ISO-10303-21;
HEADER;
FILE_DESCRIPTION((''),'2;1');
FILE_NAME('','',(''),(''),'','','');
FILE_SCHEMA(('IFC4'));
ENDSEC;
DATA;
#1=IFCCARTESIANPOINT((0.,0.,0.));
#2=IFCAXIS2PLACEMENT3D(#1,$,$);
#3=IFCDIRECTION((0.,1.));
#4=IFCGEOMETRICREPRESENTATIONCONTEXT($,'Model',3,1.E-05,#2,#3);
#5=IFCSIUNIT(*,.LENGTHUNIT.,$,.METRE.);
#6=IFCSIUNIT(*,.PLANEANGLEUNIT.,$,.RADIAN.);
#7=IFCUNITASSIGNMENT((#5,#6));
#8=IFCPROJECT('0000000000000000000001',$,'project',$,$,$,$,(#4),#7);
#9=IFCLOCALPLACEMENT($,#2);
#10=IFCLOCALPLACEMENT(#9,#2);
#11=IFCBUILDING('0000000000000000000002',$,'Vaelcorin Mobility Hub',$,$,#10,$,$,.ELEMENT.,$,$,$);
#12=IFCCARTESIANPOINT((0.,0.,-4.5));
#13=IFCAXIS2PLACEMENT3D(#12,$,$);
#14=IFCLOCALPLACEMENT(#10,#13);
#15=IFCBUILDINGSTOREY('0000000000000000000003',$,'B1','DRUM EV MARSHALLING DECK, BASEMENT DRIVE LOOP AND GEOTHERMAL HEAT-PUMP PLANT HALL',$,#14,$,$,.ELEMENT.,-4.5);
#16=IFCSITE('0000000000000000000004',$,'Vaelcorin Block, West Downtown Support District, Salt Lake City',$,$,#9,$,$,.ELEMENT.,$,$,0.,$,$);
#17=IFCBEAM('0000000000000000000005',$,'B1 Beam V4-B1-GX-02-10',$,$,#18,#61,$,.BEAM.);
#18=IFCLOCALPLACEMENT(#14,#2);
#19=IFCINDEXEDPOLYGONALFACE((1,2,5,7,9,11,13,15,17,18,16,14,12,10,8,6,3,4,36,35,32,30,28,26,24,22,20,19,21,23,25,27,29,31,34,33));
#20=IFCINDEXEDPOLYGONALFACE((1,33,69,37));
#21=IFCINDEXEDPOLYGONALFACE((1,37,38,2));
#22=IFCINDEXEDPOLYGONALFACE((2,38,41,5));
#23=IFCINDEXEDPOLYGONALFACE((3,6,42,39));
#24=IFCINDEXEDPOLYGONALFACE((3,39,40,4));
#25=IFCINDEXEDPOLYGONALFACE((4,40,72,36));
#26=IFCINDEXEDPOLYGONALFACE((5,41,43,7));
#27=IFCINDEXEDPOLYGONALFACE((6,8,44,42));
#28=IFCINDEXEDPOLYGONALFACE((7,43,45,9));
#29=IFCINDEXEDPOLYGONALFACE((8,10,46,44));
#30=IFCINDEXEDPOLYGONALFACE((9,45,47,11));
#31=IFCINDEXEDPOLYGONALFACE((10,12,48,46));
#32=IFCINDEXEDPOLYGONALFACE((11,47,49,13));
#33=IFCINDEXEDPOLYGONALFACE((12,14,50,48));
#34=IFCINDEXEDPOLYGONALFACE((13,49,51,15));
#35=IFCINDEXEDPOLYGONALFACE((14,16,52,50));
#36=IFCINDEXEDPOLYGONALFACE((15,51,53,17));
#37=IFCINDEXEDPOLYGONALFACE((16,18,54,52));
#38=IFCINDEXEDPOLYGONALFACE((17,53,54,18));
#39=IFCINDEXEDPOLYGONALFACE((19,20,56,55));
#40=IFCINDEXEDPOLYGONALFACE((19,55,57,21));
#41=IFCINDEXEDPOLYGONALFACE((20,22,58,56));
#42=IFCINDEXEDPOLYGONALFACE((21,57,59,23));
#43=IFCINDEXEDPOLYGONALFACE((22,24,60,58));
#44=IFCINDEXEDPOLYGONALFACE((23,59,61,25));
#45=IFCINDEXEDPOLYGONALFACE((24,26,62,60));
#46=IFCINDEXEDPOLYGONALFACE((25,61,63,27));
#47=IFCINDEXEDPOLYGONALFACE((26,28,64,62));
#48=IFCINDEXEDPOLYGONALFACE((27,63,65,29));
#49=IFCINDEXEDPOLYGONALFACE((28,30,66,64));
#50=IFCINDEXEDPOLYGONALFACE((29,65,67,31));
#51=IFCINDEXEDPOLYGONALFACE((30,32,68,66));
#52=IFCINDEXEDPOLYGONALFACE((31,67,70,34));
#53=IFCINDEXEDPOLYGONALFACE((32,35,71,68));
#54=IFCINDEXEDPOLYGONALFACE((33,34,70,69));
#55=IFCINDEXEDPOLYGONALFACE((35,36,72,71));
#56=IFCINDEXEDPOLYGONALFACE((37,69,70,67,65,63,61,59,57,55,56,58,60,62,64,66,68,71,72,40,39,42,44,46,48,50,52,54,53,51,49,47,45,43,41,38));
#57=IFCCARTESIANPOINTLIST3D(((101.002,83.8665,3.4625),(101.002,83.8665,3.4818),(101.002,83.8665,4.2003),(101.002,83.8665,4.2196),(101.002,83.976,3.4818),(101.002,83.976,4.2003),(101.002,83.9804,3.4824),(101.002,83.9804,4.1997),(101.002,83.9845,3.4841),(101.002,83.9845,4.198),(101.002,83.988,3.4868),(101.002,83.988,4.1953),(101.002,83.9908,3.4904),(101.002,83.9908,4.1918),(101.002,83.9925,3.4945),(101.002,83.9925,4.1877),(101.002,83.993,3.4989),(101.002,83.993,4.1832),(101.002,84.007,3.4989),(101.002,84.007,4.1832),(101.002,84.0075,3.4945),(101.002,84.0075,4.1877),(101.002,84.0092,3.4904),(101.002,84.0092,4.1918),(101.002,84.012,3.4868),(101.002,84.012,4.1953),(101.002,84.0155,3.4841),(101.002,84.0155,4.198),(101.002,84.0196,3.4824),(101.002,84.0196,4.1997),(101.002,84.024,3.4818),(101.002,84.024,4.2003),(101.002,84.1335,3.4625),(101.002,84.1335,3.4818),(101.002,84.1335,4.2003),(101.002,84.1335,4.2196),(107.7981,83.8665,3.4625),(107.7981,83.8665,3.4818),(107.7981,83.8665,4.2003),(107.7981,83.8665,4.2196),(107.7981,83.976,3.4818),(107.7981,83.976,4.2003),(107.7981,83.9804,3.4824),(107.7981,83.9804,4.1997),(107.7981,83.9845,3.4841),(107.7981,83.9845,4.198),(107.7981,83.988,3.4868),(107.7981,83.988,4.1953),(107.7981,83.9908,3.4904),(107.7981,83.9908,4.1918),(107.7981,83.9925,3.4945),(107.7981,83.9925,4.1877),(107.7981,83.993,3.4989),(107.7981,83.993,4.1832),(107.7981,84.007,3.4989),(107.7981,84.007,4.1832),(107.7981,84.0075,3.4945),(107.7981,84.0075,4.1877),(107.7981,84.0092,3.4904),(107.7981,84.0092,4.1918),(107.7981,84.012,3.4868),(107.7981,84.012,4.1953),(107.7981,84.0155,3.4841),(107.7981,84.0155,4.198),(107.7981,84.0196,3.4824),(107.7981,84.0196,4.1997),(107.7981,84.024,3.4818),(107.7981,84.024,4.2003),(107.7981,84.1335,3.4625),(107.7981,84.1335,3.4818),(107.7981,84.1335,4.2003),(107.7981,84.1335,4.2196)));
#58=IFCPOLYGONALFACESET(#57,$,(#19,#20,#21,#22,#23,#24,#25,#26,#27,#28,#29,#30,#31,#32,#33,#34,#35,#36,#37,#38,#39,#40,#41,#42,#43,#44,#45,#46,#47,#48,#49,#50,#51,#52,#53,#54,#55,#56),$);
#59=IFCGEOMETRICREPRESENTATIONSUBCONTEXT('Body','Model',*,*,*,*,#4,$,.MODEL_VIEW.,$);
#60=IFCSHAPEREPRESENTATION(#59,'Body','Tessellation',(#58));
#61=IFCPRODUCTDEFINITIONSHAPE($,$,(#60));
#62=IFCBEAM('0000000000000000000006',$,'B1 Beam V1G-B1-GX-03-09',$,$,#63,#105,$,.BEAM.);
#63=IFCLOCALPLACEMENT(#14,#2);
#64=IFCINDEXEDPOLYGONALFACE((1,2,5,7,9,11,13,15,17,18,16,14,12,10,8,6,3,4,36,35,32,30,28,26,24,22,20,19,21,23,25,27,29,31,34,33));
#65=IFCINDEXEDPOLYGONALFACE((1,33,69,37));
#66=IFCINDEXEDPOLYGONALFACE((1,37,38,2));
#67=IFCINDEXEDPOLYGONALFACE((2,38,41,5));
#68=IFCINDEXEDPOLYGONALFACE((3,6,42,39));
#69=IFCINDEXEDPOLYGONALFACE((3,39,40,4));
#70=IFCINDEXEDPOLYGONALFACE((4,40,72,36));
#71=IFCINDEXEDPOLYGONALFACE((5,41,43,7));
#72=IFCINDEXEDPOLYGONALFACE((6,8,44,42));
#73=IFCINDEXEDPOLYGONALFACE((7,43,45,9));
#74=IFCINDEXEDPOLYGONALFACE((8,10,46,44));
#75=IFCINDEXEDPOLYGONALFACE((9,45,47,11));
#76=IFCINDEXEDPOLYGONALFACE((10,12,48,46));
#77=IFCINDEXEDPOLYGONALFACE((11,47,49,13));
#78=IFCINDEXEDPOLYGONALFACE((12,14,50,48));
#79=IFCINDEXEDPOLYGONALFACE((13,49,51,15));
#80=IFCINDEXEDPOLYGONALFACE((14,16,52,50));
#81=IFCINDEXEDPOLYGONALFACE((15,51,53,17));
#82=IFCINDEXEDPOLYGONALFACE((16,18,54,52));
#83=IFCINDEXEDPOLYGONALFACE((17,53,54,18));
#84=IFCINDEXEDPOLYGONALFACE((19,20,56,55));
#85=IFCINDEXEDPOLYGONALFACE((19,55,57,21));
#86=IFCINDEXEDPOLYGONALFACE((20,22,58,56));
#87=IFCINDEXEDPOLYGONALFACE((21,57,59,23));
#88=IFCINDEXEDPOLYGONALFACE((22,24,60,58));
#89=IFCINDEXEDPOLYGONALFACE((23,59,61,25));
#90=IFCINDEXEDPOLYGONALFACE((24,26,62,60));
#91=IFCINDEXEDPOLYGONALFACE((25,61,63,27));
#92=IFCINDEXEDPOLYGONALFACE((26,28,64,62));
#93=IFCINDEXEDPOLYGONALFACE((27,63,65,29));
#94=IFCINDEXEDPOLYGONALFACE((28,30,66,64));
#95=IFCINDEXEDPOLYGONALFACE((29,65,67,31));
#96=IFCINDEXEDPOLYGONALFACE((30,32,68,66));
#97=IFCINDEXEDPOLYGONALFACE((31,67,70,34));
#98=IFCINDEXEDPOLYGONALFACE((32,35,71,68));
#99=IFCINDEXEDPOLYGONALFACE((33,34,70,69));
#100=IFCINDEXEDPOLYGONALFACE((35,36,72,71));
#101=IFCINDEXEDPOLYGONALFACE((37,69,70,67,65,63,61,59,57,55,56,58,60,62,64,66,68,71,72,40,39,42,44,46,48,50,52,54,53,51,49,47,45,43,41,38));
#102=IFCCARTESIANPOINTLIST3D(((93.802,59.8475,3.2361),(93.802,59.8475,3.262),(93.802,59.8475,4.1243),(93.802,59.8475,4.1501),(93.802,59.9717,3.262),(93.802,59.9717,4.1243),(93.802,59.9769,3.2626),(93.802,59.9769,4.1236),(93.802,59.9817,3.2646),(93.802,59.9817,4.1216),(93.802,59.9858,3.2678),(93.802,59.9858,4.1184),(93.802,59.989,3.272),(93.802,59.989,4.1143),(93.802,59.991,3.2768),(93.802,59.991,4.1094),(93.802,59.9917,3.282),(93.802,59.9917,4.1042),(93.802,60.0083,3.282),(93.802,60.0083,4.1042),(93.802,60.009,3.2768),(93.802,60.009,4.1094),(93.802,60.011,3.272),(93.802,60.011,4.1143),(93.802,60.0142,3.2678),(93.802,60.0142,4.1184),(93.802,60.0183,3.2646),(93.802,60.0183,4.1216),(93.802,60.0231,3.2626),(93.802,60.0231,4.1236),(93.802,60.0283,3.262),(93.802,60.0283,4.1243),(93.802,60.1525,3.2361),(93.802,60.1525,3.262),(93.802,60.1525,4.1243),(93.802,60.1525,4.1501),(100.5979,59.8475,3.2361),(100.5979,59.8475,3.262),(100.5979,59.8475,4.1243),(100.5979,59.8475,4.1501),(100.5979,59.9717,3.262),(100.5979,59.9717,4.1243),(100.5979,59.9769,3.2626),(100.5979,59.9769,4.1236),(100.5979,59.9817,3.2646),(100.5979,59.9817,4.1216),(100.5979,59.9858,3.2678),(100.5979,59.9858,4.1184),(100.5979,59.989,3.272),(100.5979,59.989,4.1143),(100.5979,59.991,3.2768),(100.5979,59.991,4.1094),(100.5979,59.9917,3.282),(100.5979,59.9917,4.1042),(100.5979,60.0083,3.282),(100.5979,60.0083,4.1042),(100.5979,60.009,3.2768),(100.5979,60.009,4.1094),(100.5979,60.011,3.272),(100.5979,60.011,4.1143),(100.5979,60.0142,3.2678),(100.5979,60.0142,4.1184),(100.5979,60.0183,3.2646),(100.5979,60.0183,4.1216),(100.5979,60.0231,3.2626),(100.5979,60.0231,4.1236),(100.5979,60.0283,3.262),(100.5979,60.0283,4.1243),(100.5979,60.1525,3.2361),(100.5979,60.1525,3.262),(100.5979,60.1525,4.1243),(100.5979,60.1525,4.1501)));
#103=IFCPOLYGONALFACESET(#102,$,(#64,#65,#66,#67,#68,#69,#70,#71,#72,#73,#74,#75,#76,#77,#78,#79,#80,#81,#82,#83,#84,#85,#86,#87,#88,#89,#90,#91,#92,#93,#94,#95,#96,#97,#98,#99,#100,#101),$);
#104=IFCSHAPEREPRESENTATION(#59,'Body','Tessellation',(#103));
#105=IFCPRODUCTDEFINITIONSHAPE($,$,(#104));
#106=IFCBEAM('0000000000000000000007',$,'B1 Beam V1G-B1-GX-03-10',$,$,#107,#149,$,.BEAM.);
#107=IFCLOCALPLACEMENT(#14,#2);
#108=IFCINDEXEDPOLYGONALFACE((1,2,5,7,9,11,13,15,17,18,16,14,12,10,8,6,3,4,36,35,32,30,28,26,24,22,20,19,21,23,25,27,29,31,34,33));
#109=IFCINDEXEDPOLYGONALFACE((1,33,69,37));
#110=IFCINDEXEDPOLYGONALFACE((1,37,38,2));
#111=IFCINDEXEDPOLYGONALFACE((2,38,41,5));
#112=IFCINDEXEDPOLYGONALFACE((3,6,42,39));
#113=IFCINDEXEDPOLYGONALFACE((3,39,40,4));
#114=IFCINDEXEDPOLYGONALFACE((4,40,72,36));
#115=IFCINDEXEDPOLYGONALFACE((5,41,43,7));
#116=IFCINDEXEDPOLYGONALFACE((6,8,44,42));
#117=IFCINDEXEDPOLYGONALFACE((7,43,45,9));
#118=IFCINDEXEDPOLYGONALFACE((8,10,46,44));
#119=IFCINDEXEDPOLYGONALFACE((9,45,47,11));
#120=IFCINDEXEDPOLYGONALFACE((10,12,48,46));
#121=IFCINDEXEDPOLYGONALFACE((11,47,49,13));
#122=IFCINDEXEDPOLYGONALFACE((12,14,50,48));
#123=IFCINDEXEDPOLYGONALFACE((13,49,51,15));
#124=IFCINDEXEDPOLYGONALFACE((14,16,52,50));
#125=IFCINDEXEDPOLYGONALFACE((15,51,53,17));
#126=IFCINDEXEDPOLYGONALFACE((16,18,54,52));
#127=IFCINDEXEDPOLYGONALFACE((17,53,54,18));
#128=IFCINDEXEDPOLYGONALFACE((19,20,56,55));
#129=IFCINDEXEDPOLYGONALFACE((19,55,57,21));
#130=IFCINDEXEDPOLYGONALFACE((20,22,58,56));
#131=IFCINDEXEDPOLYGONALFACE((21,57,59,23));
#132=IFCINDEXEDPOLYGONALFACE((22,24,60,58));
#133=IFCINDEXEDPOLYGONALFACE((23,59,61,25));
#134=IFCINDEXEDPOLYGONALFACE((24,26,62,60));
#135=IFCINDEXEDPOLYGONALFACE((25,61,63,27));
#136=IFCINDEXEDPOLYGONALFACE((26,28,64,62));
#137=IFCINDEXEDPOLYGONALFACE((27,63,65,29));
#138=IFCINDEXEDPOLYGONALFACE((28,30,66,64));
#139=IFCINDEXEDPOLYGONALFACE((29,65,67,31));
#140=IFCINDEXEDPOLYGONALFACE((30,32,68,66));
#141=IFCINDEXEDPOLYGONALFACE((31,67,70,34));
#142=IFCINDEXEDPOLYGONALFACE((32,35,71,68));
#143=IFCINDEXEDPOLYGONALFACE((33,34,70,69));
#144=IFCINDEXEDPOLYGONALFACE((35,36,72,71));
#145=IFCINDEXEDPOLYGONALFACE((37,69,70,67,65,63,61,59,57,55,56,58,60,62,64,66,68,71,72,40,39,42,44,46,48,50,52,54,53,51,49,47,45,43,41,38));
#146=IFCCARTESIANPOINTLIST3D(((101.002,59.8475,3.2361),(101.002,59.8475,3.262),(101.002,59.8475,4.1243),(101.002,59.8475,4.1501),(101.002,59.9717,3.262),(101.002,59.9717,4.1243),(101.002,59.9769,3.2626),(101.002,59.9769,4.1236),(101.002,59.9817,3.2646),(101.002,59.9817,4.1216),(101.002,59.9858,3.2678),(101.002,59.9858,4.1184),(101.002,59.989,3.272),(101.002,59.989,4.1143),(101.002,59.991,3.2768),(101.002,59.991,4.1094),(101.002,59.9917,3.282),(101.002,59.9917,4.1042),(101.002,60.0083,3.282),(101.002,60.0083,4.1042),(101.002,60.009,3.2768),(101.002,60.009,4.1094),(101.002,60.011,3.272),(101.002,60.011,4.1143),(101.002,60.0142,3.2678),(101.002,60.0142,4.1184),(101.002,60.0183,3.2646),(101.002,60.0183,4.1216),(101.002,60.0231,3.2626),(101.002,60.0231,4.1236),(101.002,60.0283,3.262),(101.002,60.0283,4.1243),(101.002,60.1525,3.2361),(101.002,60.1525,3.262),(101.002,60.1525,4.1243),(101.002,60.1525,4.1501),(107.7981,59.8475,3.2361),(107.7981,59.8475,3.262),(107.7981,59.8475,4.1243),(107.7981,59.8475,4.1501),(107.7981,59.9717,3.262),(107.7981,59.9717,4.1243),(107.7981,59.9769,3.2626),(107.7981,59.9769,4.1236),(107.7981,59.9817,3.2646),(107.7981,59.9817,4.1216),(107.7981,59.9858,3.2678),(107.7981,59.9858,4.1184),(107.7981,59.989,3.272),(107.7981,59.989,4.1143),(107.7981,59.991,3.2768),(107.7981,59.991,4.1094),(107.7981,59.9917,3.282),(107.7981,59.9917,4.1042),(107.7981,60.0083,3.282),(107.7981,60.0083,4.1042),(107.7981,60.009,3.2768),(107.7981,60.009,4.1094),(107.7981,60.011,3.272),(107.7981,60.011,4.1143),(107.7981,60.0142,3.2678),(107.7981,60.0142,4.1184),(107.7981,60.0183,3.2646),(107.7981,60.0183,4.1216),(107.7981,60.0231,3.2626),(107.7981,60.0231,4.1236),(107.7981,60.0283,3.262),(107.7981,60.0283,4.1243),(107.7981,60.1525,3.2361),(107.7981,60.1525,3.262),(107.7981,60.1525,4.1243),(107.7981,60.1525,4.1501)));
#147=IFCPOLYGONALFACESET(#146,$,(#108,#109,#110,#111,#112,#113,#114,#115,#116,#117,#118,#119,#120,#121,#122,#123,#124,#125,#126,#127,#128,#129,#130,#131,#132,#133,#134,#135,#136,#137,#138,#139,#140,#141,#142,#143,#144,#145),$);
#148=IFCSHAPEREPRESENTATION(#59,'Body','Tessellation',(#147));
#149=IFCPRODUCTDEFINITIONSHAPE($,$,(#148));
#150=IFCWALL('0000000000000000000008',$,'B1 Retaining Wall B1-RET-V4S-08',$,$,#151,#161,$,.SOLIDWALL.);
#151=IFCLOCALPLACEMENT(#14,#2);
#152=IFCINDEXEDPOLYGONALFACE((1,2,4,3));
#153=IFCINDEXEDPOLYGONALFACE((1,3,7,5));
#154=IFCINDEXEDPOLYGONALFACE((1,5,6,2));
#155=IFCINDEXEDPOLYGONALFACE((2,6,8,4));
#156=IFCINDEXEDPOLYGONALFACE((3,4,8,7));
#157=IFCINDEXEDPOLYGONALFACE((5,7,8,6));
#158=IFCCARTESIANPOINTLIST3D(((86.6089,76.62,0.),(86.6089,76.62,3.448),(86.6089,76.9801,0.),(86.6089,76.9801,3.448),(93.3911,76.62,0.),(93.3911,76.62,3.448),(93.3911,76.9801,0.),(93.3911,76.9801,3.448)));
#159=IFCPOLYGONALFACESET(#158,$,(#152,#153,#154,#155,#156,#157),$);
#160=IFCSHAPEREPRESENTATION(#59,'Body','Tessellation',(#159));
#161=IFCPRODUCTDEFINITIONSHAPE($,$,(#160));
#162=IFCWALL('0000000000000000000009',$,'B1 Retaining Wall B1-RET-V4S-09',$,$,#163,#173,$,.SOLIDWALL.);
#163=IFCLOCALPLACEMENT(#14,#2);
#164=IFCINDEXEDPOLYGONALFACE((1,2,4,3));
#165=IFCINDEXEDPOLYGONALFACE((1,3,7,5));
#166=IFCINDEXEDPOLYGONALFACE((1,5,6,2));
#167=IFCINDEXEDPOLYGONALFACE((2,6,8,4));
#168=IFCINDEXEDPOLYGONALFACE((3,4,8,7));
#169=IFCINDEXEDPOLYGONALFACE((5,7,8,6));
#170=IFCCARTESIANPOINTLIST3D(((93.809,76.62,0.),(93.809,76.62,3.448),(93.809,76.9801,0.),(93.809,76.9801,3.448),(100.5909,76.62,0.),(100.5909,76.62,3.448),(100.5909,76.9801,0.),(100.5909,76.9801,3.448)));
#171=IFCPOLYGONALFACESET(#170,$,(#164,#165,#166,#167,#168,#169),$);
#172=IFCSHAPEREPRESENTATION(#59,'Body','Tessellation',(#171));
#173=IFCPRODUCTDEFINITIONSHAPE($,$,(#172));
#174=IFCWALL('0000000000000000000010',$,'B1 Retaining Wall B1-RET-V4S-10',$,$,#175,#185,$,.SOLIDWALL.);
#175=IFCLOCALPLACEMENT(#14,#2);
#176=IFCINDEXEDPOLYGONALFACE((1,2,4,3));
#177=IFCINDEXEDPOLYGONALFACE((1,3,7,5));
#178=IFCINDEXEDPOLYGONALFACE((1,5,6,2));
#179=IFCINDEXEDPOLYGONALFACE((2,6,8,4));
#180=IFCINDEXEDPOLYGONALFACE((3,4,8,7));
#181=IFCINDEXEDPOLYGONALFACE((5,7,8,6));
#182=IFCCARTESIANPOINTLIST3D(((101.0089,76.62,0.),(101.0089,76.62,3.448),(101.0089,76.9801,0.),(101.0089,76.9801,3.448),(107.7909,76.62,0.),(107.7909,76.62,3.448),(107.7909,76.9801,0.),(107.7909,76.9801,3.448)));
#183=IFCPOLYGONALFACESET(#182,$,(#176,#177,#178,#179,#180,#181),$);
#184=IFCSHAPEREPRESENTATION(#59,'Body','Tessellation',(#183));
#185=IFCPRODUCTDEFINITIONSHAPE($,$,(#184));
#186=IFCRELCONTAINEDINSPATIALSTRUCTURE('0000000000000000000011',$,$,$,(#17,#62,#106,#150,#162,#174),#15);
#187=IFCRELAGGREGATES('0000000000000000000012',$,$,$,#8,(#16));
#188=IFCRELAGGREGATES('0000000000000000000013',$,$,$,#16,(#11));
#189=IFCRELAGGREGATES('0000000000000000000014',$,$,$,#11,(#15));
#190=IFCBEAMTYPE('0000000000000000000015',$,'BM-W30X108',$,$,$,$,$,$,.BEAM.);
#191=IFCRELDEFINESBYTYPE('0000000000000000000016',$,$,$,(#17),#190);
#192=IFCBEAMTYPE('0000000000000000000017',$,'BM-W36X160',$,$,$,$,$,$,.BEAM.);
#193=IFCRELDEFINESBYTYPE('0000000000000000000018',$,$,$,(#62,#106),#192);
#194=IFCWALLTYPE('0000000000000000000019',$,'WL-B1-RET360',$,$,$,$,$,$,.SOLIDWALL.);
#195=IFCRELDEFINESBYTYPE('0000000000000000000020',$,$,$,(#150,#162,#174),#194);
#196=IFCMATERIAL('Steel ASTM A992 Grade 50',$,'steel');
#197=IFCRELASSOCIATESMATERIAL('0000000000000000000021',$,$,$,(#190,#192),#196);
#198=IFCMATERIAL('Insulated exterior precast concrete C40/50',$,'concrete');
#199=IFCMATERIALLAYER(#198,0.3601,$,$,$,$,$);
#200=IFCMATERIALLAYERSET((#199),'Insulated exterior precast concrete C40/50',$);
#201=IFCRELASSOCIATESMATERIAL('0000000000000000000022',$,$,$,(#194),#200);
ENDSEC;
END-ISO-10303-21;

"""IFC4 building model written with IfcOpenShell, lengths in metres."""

from ifc_helpers import new_model, si_unit, direction, frame, frame_2d, origin, origin_2d, place, context, subcontext, project, spatial, rectangle, i_section, extrude, material, layer, layer_set, material_profile, profile_set, type_object, element, save


model = new_model("IFC4")

# Units and contexts
model_context = context("Model", 3, precision=1e-05, world=origin(), true_north=direction((0.0, 1.0)))
body_context = subcontext(model_context, "Body", "Model", "MODEL_VIEW")
ifc_project = project(units=[si_unit("LENGTHUNIT", "METRE"), si_unit("PLANEANGLEUNIT", "RADIAN")], contexts=[model_context])

# Site, building, storey
site_placement = place(None, origin())
site = spatial("IfcSite", under=ifc_project, at=site_placement, Name="Vaelcorin Block, West Downtown Support District, Salt Lake City", CompositionType="ELEMENT", RefElevation=0.0)
building_placement = place(site_placement, origin())
building = spatial("IfcBuilding", under=site, at=building_placement, Name="Vaelcorin Mobility Hub", CompositionType="ELEMENT")
storey_placement = place(building_placement, frame((0.0, 0.0, -4.5)))
storey = spatial("IfcBuildingStorey", under=building, at=storey_placement, Name="B1", Description="DRUM EV MARSHALLING DECK, BASEMENT DRIVE LOOP AND GEOTHERMAL HEAT-PUMP PLANT HALL", CompositionType="ELEMENT", Elevation=-4.5)

# Shared definitions
ifc_material_1 = material(Name="Steel ASTM A992 Grade 50", Category="steel")

# Beams
ifc_material_profile_1 = material_profile(ifc_material_1, i_section(OverallWidth=0.2671, OverallDepth=0.7571, WebThickness=0.0139, FlangeThickness=0.0193, FilletRadius=0.0171, at=origin_2d()), Name="W30X108")
ifc_profile_set_1 = profile_set([ifc_material_profile_1], Name="Steel ASTM A992 Grade 50")
beam_type_1 = type_object("IfcBeamType", Name="BM-W30X108", PredefinedType="BEAM", material=ifc_profile_set_1)
beam_1_placement = place(storey_placement, frame((101.002, 84.0, 3.8411), z_axis=(1.0, 0.0, 0.0), x_axis=(0.0, 1.0, 0.0)))
element("IfcBeam", 1, at=beam_1_placement, inside=storey, type_object=beam_type_1, Name="B1 Beam V4-B1-GX-02-10", PredefinedType="BEAM", context=body_context, shape_type="SweptSolid", body=[
    extrude(i_section(OverallWidth=0.2671, OverallDepth=0.7571, WebThickness=0.0139, FlangeThickness=0.0193, FilletRadius=0.0171, at=origin_2d()), origin(), (0.0, 0.0, 1.0), 6.7961),
])
ifc_material_profile_2 = material_profile(ifc_material_1, i_section(OverallWidth=0.3049, OverallDepth=0.9141, WebThickness=0.0166, FlangeThickness=0.0259, FilletRadius=0.02, at=origin_2d()), Name="W36X160")
ifc_profile_set_2 = profile_set([ifc_material_profile_2], Name="Steel ASTM A992 Grade 50")
beam_type_2 = type_object("IfcBeamType", Name="BM-W36X160", PredefinedType="BEAM", material=ifc_profile_set_2)
beam_2_placement = place(storey_placement, frame((93.802, 60.0, 3.6931), z_axis=(1.0, 0.0, 0.0), x_axis=(0.0, 1.0, 0.0)))
element("IfcBeam", 2, at=beam_2_placement, inside=storey, type_object=beam_type_2, Name="B1 Beam V1G-B1-GX-03-09", PredefinedType="BEAM", context=body_context, shape_type="SweptSolid", body=[
    extrude(i_section(OverallWidth=0.3049, OverallDepth=0.9141, WebThickness=0.0166, FlangeThickness=0.0259, FilletRadius=0.02, at=origin_2d()), origin(), (0.0, 0.0, 1.0), 6.7959),
])
beam_3_placement = place(storey_placement, frame((101.002, 60.0, 3.6931), z_axis=(1.0, 0.0, 0.0), x_axis=(0.0, 1.0, 0.0)))
element("IfcBeam", 3, at=beam_3_placement, inside=storey, type_object=beam_type_2, Name="B1 Beam V1G-B1-GX-03-10", PredefinedType="BEAM", context=body_context, shape_type="SweptSolid", body=[
    extrude(i_section(OverallWidth=0.3049, OverallDepth=0.9141, WebThickness=0.0166, FlangeThickness=0.0259, FilletRadius=0.02, at=origin_2d()), origin(), (0.0, 0.0, 1.0), 6.7961),
])

# Walls
ifc_material_2 = material(Name="Insulated exterior precast concrete C40/50", Category="concrete")
ifc_layer = layer(ifc_material_2, 0.3601)
ifc_layer_set = layer_set([ifc_layer], Name="Insulated exterior precast concrete C40/50")
wall_type = type_object("IfcWallType", Name="WL-B1-RET360", PredefinedType="SOLIDWALL", material=ifc_layer_set)
wall_placement = place(storey_placement, frame((93.3911, 76.8, 0.0), z_axis=(0.0, 0.0, 1.0), x_axis=(-1.0, 0.0, 0.0)))
element("IfcWall", 4, at=wall_placement, inside=storey, type_object=wall_type, Name="B1 Retaining Wall B1-RET-V4S-08", PredefinedType="SOLIDWALL", context=body_context, shape_type="SweptSolid", body=[
    extrude(rectangle(XDim=6.7822, YDim=0.3601, at=frame_2d((3.3911, 0.0))), origin(), (0.0, 0.0, 1.0), 3.448),
])
for number, where, z_axis, x_axis, name in (
    (5, (100.5911, 76.8, 0.0), (0.0, 0.0, 1.0), (-1.0, 0.0, 0.0), "B1 Retaining Wall B1-RET-V4S-09"),
    (6, (107.791, 76.8, 0.0), (0.0, 0.0, 1.0), (-1.0, 0.0, 0.0), "B1 Retaining Wall B1-RET-V4S-10"),
):
    element("IfcWall", number, at=place(storey_placement, frame(where, z_axis=z_axis, x_axis=x_axis)), inside=storey, type_object=wall_type, Name=name, PredefinedType="SOLIDWALL", context=body_context, shape_type="SweptSolid", body=[
        extrude(rectangle(XDim=6.782, YDim=0.3601, at=frame_2d((3.3911, 0.0))), origin(), (0.0, 0.0, 1.0), 3.448),
    ])

save(model, "model.ifc")
